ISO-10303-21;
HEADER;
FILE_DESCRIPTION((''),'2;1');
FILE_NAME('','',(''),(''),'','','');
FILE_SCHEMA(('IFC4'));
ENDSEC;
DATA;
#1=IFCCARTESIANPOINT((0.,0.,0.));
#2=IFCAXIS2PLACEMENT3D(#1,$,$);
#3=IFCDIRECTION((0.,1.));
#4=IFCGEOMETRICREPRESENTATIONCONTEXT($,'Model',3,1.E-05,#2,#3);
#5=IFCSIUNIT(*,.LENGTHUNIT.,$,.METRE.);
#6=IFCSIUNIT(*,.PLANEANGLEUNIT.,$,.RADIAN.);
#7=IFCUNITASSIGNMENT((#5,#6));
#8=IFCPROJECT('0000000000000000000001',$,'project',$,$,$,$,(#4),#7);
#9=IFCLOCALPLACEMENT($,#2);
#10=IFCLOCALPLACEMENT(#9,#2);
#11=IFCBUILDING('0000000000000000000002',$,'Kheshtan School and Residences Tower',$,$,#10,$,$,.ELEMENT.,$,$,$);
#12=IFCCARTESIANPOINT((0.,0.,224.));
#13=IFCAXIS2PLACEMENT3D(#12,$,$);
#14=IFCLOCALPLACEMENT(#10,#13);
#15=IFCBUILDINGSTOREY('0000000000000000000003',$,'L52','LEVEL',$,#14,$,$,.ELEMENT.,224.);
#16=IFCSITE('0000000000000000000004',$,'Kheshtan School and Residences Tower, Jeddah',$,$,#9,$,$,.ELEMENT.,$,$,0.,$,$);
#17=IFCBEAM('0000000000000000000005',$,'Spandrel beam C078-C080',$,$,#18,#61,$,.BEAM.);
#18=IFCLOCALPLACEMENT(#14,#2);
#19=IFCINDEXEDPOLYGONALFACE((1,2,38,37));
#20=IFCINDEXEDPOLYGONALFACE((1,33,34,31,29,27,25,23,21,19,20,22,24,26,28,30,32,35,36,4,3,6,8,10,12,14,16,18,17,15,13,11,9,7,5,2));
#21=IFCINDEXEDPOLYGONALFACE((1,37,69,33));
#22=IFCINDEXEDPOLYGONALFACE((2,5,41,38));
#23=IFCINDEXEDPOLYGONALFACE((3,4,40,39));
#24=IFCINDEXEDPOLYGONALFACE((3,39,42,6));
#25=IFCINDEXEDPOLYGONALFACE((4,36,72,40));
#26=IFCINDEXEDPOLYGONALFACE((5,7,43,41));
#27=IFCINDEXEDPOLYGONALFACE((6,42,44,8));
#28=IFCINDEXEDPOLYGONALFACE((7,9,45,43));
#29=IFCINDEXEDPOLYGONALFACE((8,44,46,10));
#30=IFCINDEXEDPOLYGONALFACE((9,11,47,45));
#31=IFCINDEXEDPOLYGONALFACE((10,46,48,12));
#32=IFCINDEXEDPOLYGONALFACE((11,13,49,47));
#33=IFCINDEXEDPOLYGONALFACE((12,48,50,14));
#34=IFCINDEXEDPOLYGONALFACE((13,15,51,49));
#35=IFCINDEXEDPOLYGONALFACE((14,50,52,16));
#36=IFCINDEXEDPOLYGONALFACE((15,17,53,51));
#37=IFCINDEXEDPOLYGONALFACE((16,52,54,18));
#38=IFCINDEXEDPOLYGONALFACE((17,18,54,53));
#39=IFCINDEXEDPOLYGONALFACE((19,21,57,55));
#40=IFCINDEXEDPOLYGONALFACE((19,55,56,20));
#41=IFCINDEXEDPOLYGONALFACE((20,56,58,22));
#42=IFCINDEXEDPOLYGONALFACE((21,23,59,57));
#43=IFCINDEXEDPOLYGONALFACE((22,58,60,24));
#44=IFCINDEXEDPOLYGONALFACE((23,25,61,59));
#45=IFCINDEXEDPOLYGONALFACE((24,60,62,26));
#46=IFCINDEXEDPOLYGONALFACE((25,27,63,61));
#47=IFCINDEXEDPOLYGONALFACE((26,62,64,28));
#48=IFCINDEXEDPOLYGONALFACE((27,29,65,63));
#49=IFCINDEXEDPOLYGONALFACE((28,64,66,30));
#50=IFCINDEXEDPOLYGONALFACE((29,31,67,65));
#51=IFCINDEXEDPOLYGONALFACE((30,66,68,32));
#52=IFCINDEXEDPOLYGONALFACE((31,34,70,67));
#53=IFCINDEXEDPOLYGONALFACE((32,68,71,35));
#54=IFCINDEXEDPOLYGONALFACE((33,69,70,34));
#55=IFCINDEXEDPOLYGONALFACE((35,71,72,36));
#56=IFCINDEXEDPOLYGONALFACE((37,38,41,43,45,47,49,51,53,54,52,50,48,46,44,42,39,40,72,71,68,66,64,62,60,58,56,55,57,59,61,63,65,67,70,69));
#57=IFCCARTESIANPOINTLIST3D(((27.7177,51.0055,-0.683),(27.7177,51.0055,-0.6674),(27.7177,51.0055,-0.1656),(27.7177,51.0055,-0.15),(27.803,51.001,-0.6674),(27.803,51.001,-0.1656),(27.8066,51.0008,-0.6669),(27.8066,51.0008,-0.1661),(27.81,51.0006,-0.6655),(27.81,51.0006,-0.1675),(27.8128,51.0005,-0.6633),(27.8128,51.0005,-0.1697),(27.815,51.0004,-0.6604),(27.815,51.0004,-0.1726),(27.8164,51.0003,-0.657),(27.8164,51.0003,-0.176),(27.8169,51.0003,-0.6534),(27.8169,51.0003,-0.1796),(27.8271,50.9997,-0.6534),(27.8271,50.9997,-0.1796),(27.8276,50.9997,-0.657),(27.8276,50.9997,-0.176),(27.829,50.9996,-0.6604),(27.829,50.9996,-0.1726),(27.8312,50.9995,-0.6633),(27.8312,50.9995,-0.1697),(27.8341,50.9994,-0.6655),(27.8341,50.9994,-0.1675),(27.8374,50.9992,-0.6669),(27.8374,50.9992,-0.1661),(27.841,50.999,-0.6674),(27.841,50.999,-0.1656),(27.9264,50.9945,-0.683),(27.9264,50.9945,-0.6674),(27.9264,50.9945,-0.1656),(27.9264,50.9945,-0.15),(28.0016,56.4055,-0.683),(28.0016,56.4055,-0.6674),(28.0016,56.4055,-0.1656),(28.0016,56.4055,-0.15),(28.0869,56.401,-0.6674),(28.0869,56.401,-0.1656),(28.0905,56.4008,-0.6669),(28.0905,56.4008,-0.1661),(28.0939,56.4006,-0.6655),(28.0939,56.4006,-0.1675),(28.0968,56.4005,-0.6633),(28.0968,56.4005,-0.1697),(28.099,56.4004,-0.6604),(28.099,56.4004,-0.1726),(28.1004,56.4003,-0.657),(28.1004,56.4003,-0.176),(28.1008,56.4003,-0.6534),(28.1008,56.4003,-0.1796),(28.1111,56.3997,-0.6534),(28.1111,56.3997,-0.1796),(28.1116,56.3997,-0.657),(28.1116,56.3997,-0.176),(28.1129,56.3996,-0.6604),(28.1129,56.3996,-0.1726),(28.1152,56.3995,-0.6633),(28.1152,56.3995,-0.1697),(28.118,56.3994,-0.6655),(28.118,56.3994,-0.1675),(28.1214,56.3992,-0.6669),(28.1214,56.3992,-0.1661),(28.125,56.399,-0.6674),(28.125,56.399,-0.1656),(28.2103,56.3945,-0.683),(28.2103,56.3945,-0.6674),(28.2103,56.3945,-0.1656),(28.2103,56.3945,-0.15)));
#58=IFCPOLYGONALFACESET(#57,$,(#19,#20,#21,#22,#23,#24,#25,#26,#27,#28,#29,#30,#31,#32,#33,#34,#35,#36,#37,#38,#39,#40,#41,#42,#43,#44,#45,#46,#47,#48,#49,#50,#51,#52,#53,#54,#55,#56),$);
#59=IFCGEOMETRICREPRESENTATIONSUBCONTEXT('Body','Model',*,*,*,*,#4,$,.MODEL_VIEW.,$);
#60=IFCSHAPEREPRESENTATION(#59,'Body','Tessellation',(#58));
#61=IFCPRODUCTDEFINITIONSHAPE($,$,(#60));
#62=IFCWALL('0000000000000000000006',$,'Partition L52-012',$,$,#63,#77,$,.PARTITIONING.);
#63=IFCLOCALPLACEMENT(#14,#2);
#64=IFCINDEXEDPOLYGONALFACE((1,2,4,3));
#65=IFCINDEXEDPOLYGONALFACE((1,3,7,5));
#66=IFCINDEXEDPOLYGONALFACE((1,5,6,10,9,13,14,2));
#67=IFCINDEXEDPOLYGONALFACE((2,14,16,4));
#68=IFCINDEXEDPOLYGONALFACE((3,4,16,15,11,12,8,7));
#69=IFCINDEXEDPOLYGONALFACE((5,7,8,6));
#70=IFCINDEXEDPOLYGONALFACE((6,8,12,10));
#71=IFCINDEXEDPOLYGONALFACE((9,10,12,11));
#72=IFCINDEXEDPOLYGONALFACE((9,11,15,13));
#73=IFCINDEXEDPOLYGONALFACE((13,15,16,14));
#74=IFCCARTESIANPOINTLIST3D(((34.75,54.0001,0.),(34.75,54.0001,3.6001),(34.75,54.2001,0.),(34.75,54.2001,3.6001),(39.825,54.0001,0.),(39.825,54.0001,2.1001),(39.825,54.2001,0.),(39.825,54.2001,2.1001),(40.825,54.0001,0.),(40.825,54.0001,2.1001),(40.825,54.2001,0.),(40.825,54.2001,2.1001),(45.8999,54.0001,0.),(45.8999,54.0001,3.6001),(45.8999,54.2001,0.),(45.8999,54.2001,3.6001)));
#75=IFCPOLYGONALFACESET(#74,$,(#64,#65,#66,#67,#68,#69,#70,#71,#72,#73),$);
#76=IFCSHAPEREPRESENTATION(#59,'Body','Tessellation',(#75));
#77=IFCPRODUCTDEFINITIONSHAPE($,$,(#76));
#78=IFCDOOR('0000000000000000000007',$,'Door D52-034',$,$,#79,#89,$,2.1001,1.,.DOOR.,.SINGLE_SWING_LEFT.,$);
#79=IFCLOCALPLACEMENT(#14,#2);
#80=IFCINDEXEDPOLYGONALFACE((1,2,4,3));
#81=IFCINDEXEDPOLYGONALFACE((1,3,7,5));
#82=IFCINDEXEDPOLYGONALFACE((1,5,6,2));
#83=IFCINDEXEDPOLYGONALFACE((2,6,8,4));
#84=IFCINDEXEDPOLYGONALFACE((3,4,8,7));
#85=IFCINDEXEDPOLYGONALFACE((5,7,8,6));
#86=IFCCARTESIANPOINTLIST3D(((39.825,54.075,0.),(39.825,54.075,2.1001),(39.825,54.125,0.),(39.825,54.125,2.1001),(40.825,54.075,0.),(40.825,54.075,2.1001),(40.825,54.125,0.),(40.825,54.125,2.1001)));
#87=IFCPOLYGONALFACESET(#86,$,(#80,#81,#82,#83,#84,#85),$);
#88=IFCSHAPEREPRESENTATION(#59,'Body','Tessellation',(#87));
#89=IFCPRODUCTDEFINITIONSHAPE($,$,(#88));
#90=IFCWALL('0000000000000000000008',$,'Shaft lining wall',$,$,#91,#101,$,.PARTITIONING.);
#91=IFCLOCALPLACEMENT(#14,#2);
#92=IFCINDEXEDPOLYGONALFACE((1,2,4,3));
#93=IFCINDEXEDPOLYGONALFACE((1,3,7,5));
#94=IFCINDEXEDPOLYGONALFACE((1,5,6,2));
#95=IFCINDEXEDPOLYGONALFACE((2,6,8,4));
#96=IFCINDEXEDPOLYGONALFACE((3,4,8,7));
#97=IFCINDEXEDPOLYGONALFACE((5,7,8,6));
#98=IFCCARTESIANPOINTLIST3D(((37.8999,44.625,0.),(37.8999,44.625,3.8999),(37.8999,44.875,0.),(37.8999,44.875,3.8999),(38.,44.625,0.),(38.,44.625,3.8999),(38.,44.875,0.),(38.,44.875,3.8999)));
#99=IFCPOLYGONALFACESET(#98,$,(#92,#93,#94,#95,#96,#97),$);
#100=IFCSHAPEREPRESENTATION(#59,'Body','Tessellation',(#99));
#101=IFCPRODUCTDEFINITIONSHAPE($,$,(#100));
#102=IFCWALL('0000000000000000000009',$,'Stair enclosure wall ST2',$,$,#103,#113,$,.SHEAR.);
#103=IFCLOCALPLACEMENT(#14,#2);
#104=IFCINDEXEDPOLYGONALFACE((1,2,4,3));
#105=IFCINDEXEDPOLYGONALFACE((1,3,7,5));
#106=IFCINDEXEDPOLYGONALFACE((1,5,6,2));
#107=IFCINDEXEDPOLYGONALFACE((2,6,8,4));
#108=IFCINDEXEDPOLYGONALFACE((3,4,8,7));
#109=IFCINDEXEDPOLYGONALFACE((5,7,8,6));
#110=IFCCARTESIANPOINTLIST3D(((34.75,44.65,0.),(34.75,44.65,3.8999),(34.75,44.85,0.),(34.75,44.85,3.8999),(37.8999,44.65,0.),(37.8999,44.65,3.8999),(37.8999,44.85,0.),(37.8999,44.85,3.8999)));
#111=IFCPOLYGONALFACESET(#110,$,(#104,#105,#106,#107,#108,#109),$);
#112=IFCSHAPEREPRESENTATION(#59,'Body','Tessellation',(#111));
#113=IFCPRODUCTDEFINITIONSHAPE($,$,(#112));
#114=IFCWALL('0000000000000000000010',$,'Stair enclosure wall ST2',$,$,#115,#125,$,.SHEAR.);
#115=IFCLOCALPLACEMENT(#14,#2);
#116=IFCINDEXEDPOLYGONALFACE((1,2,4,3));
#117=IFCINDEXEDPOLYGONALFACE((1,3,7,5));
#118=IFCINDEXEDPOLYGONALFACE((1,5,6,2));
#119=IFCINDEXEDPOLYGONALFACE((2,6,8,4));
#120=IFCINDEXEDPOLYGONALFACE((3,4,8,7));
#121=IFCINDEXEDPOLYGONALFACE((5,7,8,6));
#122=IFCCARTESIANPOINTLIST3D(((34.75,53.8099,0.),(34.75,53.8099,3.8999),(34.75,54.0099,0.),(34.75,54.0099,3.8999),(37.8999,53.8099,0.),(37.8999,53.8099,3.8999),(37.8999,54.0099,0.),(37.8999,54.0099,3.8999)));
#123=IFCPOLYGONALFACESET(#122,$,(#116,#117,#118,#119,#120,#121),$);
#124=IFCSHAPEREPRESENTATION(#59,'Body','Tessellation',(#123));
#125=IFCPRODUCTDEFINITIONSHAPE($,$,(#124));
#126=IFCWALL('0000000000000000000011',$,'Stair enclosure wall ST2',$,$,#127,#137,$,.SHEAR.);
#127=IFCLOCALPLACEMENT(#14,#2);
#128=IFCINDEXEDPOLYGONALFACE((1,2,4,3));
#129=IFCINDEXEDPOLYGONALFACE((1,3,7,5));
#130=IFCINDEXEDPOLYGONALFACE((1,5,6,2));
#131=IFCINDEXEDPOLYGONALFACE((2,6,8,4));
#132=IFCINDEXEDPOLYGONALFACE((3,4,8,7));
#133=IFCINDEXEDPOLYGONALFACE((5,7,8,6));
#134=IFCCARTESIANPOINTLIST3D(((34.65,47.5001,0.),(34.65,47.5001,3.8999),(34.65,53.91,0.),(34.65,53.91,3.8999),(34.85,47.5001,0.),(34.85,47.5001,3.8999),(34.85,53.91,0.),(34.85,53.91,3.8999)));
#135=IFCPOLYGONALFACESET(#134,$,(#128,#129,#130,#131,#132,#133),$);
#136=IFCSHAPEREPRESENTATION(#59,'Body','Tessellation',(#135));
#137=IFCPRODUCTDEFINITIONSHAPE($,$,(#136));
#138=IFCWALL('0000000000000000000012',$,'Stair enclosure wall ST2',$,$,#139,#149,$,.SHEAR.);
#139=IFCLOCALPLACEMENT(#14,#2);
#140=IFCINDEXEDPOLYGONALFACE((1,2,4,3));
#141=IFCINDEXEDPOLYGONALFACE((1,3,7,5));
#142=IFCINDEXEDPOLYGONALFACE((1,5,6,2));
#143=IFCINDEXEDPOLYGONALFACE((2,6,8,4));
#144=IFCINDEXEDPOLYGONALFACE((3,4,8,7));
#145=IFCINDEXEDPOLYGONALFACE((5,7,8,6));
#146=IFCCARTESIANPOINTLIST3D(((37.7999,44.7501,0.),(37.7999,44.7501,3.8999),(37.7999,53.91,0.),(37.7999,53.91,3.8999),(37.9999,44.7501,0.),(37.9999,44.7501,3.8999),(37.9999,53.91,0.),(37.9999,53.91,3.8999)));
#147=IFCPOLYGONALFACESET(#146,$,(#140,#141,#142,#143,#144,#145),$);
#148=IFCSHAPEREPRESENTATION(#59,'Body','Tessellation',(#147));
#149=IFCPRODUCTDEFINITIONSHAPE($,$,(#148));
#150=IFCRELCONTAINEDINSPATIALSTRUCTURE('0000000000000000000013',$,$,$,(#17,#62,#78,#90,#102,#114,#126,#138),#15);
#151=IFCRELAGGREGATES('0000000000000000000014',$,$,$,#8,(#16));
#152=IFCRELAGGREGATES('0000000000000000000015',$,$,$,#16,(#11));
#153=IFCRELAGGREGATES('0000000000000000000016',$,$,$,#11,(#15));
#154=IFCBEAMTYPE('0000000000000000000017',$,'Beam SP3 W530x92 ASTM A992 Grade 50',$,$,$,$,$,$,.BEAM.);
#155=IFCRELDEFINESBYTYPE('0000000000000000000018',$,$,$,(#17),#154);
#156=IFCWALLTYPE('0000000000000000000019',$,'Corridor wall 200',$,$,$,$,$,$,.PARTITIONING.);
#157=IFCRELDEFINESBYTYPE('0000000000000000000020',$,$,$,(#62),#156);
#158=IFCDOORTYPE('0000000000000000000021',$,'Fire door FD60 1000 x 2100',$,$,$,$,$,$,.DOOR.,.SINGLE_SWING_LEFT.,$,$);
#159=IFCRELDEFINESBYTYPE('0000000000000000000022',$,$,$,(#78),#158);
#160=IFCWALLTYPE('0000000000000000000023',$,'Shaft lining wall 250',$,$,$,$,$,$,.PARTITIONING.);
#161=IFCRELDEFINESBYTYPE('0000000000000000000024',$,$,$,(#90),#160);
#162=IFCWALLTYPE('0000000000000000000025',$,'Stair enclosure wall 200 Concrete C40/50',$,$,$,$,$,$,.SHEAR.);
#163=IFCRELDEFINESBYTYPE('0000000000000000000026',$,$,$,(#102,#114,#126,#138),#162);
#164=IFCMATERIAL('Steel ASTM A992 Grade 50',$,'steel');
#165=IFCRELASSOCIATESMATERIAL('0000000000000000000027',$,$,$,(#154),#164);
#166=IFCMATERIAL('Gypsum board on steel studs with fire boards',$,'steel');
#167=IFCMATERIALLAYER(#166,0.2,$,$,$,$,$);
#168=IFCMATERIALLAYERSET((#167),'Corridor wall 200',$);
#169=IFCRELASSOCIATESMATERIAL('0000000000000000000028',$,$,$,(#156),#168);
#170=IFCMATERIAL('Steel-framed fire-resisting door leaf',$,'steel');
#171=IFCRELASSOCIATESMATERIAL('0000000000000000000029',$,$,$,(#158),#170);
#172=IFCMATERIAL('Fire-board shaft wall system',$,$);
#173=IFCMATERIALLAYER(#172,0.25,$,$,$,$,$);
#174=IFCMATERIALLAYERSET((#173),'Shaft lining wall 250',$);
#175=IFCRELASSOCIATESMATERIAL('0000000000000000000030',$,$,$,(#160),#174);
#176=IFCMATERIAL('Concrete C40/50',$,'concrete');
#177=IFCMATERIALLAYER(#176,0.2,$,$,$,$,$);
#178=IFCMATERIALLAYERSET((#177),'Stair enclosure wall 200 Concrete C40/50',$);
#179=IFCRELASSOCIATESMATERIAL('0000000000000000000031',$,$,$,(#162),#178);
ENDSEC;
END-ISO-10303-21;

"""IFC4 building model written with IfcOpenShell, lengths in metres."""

from ifc_helpers import new_model, si_unit, direction, frame, frame_2d, origin, origin_2d, place, context, subcontext, project, spatial, rectangle, i_section, extrude, source, transform, mapped, material, layer, layer_set, material_profile, profile_set, type_object, element, fill, save


model = new_model("IFC4")

# Units and contexts
model_context = context("Model", 3, precision=1e-05, world=origin(), true_north=direction((0.0, 1.0)))
body_context = subcontext(model_context, "Body", "Model", "MODEL_VIEW")
ifc_project = project(units=[si_unit("LENGTHUNIT", "METRE"), si_unit("PLANEANGLEUNIT", "RADIAN")], contexts=[model_context])

# Site, building, storey
site_placement = place(None, origin())
site = spatial("IfcSite", under=ifc_project, at=site_placement, Name="Kheshtan School and Residences Tower, Jeddah", CompositionType="ELEMENT", RefElevation=0.0)
building_placement = place(site_placement, origin())
building = spatial("IfcBuilding", under=site, at=building_placement, Name="Kheshtan School and Residences Tower", CompositionType="ELEMENT")
storey_placement = place(building_placement, frame((0.0, 0.0, 224.0)))
storey = spatial("IfcBuildingStorey", under=building, at=storey_placement, Name="L52", Description="LEVEL", CompositionType="ELEMENT", Elevation=224.0)

# Shared definitions
ifc_material_1 = material(Name="Steel ASTM A992 Grade 50", Category="steel")

# Beam
ifc_material_profile_1 = material_profile(ifc_material_1, i_section(OverallWidth=0.209, OverallDepth=0.533, WebThickness=0.0103, FlangeThickness=0.0156, FilletRadius=0.0139, at=origin_2d()), Name="W530x92")
ifc_profile_set_1 = profile_set([ifc_material_profile_1], Name="Steel ASTM A992 Grade 50")
beam_type_1 = type_object("IfcBeamType", Name="Beam SP3 W530x92 ASTM A992 Grade 50", PredefinedType="BEAM", material=ifc_profile_set_1)
for number, where, z_axis, x_axis, name in (
    (1, (27.822, 51.0, -0.4165), (0.052509, 0.99862, 0.0), (-0.99862, 0.052509, 0.0), "Spandrel beam C078-C080"),
):
    element("IfcBeam", number, at=place(storey_placement, frame(where, z_axis=z_axis, x_axis=x_axis)), inside=storey, type_object=beam_type_1, Name=name, PredefinedType="BEAM", context=body_context, shape_type="SweptSolid", body=[
        extrude(i_section(OverallWidth=0.209, OverallDepth=0.533, WebThickness=0.0103, FlangeThickness=0.0156, FilletRadius=0.0139, at=origin_2d()), origin(), (0.0, 0.0, 1.0), 5.4075),
    ])

# Wall, opening, door
ifc_material_2 = material(Name="Gypsum board on steel studs with fire boards", Category="steel")
ifc_layer_1 = layer(ifc_material_2, 0.2)
ifc_layer_set_1 = layer_set([ifc_layer_1], Name="Corridor wall 200")
wall_type_1 = type_object("IfcWallType", Name="Corridor wall 200", PredefinedType="PARTITIONING", material=ifc_layer_set_1)
wall_1_placement = place(storey_placement, frame((34.75, 54.1001, 0.0), z_axis=(0.0, 0.0, 1.0), x_axis=(1.0, 0.0, 0.0)))
wall_1 = element("IfcWall", 2, at=wall_1_placement, inside=storey, type_object=wall_type_1, Name="Partition L52-012", PredefinedType="PARTITIONING", context=body_context, shape_type="SweptSolid", body=[
    extrude(rectangle(XDim=11.1499, YDim=0.2, at=frame_2d((5.575, 0.0))), origin(), (0.0, 0.0, 1.0), 3.6001),
])
opening_1_placement = place(wall_1_placement, frame((5.075, 0.0, 0.0)))
opening_1 = element("IfcOpeningElement", 3, at=opening_1_placement, cuts=wall_1, PredefinedType="OPENING", context=body_context, shape_type="SweptSolid", body=[
    extrude(rectangle(XDim=1.0, YDim=2.1001, at=frame_2d((0.5, 1.05))), frame((0.0, 0.1099, 0.0), z_axis=(0.0, -1.0, 0.0), x_axis=(1.0, 0.0, 0.0)), (0.0, 0.0, 1.0), 0.22),
])
ifc_material_3 = material(Name="Steel-framed fire-resisting door leaf", Category="steel")
door_type_1 = type_object("IfcDoorType", Name="Fire door FD60 1000 x 2100", OperationType="SINGLE_SWING_LEFT", PredefinedType="DOOR", material=ifc_material_3)
shared_shape_1 = source(origin(), body_context, "Body", "SweptSolid", [
    extrude(rectangle(XDim=1.0, YDim=2.1001, at=frame_2d((0.5, 1.05))), frame((0.0, 0.0249, 0.0), z_axis=(0.0, -1.0, 0.0), x_axis=(1.0, 0.0, 0.0)), (0.0, 0.0, 1.0), 0.05),
])
door_1_placement = place(opening_1_placement, origin())
door_1 = element("IfcDoor", 4, at=door_1_placement, inside=storey, type_object=door_type_1, Name="Door D52-034", OperationType="SINGLE_SWING_LEFT", OverallHeight=2.1001, OverallWidth=1.0, PredefinedType="DOOR", context=body_context, shape_type="MappedRepresentation", body=[
    mapped(shared_shape_1, transform((0.0, 0.0, 0.0), x_axis=(1.0, 0.0, 0.0), y_axis=(0.0, 1.0, 0.0), z_axis=(0.0, 0.0, 1.0), scale=1.0)),
])
fill(opening_1, door_1)

# Walls
ifc_material_4 = material(Name="Fire-board shaft wall system")
ifc_layer_2 = layer(ifc_material_4, 0.25)
ifc_layer_set_2 = layer_set([ifc_layer_2], Name="Shaft lining wall 250")
wall_type_2 = type_object("IfcWallType", Name="Shaft lining wall 250", PredefinedType="PARTITIONING", material=ifc_layer_set_2)
wall_2_placement = place(storey_placement, frame((37.8999, 44.75, 0.0), z_axis=(0.0, 0.0, 1.0), x_axis=(1.0, 0.0, 0.0)))
element("IfcWall", 5, at=wall_2_placement, inside=storey, type_object=wall_type_2, Name="Shaft lining wall", PredefinedType="PARTITIONING", context=body_context, shape_type="SweptSolid", body=[
    extrude(rectangle(XDim=0.1001, YDim=0.25, at=frame_2d((0.05, 0.0))), origin(), (0.0, 0.0, 1.0), 3.8999),
])
ifc_material_5 = material(Name="Concrete C40/50", Category="concrete")
ifc_layer_3 = layer(ifc_material_5, 0.2)
ifc_layer_set_3 = layer_set([ifc_layer_3], Name="Stair enclosure wall 200 Concrete C40/50")
wall_type_3 = type_object("IfcWallType", Name="Stair enclosure wall 200 Concrete C40/50", PredefinedType="SHEAR", material=ifc_layer_set_3)
for number, where, z_axis, x_axis, name in (
    (6, (34.75, 44.75, 0.0), (0.0, 0.0, 1.0), (1.0, 0.0, 0.0), "Stair enclosure wall ST2"),
    (7, (34.75, 53.9099, 0.0), (0.0, 0.0, 1.0), (1.0, 0.0, 0.0), "Stair enclosure wall ST2"),
):
    element("IfcWall", number, at=place(storey_placement, frame(where, z_axis=z_axis, x_axis=x_axis)), inside=storey, type_object=wall_type_3, Name=name, PredefinedType="SHEAR", context=body_context, shape_type="SweptSolid", body=[
        extrude(rectangle(XDim=3.1499, YDim=0.2, at=frame_2d((1.575, 0.0))), origin(), (0.0, 0.0, 1.0), 3.8999),
    ])
wall_3_placement = place(storey_placement, frame((34.75, 47.5, 0.0), z_axis=(0.0, 0.0, 1.0), x_axis=(0.0, 1.0, 0.0)))
element("IfcWall", 8, at=wall_3_placement, inside=storey, type_object=wall_type_3, Name="Stair enclosure wall ST2", PredefinedType="SHEAR", context=body_context, shape_type="SweptSolid", body=[
    extrude(rectangle(XDim=6.4099, YDim=0.2, at=frame_2d((3.2051, 0.0))), origin(), (0.0, 0.0, 1.0), 3.8999),
])
wall_4_placement = place(storey_placement, frame((37.8999, 44.75, 0.0), z_axis=(0.0, 0.0, 1.0), x_axis=(0.0, 1.0, 0.0)))
element("IfcWall", 9, at=wall_4_placement, inside=storey, type_object=wall_type_3, Name="Stair enclosure wall ST2", PredefinedType="SHEAR", context=body_context, shape_type="SweptSolid", body=[
    extrude(rectangle(XDim=9.1599, YDim=0.2, at=frame_2d((4.5801, 0.0))), origin(), (0.0, 0.0, 1.0), 3.8999),
])

save(model, "model.ifc")
